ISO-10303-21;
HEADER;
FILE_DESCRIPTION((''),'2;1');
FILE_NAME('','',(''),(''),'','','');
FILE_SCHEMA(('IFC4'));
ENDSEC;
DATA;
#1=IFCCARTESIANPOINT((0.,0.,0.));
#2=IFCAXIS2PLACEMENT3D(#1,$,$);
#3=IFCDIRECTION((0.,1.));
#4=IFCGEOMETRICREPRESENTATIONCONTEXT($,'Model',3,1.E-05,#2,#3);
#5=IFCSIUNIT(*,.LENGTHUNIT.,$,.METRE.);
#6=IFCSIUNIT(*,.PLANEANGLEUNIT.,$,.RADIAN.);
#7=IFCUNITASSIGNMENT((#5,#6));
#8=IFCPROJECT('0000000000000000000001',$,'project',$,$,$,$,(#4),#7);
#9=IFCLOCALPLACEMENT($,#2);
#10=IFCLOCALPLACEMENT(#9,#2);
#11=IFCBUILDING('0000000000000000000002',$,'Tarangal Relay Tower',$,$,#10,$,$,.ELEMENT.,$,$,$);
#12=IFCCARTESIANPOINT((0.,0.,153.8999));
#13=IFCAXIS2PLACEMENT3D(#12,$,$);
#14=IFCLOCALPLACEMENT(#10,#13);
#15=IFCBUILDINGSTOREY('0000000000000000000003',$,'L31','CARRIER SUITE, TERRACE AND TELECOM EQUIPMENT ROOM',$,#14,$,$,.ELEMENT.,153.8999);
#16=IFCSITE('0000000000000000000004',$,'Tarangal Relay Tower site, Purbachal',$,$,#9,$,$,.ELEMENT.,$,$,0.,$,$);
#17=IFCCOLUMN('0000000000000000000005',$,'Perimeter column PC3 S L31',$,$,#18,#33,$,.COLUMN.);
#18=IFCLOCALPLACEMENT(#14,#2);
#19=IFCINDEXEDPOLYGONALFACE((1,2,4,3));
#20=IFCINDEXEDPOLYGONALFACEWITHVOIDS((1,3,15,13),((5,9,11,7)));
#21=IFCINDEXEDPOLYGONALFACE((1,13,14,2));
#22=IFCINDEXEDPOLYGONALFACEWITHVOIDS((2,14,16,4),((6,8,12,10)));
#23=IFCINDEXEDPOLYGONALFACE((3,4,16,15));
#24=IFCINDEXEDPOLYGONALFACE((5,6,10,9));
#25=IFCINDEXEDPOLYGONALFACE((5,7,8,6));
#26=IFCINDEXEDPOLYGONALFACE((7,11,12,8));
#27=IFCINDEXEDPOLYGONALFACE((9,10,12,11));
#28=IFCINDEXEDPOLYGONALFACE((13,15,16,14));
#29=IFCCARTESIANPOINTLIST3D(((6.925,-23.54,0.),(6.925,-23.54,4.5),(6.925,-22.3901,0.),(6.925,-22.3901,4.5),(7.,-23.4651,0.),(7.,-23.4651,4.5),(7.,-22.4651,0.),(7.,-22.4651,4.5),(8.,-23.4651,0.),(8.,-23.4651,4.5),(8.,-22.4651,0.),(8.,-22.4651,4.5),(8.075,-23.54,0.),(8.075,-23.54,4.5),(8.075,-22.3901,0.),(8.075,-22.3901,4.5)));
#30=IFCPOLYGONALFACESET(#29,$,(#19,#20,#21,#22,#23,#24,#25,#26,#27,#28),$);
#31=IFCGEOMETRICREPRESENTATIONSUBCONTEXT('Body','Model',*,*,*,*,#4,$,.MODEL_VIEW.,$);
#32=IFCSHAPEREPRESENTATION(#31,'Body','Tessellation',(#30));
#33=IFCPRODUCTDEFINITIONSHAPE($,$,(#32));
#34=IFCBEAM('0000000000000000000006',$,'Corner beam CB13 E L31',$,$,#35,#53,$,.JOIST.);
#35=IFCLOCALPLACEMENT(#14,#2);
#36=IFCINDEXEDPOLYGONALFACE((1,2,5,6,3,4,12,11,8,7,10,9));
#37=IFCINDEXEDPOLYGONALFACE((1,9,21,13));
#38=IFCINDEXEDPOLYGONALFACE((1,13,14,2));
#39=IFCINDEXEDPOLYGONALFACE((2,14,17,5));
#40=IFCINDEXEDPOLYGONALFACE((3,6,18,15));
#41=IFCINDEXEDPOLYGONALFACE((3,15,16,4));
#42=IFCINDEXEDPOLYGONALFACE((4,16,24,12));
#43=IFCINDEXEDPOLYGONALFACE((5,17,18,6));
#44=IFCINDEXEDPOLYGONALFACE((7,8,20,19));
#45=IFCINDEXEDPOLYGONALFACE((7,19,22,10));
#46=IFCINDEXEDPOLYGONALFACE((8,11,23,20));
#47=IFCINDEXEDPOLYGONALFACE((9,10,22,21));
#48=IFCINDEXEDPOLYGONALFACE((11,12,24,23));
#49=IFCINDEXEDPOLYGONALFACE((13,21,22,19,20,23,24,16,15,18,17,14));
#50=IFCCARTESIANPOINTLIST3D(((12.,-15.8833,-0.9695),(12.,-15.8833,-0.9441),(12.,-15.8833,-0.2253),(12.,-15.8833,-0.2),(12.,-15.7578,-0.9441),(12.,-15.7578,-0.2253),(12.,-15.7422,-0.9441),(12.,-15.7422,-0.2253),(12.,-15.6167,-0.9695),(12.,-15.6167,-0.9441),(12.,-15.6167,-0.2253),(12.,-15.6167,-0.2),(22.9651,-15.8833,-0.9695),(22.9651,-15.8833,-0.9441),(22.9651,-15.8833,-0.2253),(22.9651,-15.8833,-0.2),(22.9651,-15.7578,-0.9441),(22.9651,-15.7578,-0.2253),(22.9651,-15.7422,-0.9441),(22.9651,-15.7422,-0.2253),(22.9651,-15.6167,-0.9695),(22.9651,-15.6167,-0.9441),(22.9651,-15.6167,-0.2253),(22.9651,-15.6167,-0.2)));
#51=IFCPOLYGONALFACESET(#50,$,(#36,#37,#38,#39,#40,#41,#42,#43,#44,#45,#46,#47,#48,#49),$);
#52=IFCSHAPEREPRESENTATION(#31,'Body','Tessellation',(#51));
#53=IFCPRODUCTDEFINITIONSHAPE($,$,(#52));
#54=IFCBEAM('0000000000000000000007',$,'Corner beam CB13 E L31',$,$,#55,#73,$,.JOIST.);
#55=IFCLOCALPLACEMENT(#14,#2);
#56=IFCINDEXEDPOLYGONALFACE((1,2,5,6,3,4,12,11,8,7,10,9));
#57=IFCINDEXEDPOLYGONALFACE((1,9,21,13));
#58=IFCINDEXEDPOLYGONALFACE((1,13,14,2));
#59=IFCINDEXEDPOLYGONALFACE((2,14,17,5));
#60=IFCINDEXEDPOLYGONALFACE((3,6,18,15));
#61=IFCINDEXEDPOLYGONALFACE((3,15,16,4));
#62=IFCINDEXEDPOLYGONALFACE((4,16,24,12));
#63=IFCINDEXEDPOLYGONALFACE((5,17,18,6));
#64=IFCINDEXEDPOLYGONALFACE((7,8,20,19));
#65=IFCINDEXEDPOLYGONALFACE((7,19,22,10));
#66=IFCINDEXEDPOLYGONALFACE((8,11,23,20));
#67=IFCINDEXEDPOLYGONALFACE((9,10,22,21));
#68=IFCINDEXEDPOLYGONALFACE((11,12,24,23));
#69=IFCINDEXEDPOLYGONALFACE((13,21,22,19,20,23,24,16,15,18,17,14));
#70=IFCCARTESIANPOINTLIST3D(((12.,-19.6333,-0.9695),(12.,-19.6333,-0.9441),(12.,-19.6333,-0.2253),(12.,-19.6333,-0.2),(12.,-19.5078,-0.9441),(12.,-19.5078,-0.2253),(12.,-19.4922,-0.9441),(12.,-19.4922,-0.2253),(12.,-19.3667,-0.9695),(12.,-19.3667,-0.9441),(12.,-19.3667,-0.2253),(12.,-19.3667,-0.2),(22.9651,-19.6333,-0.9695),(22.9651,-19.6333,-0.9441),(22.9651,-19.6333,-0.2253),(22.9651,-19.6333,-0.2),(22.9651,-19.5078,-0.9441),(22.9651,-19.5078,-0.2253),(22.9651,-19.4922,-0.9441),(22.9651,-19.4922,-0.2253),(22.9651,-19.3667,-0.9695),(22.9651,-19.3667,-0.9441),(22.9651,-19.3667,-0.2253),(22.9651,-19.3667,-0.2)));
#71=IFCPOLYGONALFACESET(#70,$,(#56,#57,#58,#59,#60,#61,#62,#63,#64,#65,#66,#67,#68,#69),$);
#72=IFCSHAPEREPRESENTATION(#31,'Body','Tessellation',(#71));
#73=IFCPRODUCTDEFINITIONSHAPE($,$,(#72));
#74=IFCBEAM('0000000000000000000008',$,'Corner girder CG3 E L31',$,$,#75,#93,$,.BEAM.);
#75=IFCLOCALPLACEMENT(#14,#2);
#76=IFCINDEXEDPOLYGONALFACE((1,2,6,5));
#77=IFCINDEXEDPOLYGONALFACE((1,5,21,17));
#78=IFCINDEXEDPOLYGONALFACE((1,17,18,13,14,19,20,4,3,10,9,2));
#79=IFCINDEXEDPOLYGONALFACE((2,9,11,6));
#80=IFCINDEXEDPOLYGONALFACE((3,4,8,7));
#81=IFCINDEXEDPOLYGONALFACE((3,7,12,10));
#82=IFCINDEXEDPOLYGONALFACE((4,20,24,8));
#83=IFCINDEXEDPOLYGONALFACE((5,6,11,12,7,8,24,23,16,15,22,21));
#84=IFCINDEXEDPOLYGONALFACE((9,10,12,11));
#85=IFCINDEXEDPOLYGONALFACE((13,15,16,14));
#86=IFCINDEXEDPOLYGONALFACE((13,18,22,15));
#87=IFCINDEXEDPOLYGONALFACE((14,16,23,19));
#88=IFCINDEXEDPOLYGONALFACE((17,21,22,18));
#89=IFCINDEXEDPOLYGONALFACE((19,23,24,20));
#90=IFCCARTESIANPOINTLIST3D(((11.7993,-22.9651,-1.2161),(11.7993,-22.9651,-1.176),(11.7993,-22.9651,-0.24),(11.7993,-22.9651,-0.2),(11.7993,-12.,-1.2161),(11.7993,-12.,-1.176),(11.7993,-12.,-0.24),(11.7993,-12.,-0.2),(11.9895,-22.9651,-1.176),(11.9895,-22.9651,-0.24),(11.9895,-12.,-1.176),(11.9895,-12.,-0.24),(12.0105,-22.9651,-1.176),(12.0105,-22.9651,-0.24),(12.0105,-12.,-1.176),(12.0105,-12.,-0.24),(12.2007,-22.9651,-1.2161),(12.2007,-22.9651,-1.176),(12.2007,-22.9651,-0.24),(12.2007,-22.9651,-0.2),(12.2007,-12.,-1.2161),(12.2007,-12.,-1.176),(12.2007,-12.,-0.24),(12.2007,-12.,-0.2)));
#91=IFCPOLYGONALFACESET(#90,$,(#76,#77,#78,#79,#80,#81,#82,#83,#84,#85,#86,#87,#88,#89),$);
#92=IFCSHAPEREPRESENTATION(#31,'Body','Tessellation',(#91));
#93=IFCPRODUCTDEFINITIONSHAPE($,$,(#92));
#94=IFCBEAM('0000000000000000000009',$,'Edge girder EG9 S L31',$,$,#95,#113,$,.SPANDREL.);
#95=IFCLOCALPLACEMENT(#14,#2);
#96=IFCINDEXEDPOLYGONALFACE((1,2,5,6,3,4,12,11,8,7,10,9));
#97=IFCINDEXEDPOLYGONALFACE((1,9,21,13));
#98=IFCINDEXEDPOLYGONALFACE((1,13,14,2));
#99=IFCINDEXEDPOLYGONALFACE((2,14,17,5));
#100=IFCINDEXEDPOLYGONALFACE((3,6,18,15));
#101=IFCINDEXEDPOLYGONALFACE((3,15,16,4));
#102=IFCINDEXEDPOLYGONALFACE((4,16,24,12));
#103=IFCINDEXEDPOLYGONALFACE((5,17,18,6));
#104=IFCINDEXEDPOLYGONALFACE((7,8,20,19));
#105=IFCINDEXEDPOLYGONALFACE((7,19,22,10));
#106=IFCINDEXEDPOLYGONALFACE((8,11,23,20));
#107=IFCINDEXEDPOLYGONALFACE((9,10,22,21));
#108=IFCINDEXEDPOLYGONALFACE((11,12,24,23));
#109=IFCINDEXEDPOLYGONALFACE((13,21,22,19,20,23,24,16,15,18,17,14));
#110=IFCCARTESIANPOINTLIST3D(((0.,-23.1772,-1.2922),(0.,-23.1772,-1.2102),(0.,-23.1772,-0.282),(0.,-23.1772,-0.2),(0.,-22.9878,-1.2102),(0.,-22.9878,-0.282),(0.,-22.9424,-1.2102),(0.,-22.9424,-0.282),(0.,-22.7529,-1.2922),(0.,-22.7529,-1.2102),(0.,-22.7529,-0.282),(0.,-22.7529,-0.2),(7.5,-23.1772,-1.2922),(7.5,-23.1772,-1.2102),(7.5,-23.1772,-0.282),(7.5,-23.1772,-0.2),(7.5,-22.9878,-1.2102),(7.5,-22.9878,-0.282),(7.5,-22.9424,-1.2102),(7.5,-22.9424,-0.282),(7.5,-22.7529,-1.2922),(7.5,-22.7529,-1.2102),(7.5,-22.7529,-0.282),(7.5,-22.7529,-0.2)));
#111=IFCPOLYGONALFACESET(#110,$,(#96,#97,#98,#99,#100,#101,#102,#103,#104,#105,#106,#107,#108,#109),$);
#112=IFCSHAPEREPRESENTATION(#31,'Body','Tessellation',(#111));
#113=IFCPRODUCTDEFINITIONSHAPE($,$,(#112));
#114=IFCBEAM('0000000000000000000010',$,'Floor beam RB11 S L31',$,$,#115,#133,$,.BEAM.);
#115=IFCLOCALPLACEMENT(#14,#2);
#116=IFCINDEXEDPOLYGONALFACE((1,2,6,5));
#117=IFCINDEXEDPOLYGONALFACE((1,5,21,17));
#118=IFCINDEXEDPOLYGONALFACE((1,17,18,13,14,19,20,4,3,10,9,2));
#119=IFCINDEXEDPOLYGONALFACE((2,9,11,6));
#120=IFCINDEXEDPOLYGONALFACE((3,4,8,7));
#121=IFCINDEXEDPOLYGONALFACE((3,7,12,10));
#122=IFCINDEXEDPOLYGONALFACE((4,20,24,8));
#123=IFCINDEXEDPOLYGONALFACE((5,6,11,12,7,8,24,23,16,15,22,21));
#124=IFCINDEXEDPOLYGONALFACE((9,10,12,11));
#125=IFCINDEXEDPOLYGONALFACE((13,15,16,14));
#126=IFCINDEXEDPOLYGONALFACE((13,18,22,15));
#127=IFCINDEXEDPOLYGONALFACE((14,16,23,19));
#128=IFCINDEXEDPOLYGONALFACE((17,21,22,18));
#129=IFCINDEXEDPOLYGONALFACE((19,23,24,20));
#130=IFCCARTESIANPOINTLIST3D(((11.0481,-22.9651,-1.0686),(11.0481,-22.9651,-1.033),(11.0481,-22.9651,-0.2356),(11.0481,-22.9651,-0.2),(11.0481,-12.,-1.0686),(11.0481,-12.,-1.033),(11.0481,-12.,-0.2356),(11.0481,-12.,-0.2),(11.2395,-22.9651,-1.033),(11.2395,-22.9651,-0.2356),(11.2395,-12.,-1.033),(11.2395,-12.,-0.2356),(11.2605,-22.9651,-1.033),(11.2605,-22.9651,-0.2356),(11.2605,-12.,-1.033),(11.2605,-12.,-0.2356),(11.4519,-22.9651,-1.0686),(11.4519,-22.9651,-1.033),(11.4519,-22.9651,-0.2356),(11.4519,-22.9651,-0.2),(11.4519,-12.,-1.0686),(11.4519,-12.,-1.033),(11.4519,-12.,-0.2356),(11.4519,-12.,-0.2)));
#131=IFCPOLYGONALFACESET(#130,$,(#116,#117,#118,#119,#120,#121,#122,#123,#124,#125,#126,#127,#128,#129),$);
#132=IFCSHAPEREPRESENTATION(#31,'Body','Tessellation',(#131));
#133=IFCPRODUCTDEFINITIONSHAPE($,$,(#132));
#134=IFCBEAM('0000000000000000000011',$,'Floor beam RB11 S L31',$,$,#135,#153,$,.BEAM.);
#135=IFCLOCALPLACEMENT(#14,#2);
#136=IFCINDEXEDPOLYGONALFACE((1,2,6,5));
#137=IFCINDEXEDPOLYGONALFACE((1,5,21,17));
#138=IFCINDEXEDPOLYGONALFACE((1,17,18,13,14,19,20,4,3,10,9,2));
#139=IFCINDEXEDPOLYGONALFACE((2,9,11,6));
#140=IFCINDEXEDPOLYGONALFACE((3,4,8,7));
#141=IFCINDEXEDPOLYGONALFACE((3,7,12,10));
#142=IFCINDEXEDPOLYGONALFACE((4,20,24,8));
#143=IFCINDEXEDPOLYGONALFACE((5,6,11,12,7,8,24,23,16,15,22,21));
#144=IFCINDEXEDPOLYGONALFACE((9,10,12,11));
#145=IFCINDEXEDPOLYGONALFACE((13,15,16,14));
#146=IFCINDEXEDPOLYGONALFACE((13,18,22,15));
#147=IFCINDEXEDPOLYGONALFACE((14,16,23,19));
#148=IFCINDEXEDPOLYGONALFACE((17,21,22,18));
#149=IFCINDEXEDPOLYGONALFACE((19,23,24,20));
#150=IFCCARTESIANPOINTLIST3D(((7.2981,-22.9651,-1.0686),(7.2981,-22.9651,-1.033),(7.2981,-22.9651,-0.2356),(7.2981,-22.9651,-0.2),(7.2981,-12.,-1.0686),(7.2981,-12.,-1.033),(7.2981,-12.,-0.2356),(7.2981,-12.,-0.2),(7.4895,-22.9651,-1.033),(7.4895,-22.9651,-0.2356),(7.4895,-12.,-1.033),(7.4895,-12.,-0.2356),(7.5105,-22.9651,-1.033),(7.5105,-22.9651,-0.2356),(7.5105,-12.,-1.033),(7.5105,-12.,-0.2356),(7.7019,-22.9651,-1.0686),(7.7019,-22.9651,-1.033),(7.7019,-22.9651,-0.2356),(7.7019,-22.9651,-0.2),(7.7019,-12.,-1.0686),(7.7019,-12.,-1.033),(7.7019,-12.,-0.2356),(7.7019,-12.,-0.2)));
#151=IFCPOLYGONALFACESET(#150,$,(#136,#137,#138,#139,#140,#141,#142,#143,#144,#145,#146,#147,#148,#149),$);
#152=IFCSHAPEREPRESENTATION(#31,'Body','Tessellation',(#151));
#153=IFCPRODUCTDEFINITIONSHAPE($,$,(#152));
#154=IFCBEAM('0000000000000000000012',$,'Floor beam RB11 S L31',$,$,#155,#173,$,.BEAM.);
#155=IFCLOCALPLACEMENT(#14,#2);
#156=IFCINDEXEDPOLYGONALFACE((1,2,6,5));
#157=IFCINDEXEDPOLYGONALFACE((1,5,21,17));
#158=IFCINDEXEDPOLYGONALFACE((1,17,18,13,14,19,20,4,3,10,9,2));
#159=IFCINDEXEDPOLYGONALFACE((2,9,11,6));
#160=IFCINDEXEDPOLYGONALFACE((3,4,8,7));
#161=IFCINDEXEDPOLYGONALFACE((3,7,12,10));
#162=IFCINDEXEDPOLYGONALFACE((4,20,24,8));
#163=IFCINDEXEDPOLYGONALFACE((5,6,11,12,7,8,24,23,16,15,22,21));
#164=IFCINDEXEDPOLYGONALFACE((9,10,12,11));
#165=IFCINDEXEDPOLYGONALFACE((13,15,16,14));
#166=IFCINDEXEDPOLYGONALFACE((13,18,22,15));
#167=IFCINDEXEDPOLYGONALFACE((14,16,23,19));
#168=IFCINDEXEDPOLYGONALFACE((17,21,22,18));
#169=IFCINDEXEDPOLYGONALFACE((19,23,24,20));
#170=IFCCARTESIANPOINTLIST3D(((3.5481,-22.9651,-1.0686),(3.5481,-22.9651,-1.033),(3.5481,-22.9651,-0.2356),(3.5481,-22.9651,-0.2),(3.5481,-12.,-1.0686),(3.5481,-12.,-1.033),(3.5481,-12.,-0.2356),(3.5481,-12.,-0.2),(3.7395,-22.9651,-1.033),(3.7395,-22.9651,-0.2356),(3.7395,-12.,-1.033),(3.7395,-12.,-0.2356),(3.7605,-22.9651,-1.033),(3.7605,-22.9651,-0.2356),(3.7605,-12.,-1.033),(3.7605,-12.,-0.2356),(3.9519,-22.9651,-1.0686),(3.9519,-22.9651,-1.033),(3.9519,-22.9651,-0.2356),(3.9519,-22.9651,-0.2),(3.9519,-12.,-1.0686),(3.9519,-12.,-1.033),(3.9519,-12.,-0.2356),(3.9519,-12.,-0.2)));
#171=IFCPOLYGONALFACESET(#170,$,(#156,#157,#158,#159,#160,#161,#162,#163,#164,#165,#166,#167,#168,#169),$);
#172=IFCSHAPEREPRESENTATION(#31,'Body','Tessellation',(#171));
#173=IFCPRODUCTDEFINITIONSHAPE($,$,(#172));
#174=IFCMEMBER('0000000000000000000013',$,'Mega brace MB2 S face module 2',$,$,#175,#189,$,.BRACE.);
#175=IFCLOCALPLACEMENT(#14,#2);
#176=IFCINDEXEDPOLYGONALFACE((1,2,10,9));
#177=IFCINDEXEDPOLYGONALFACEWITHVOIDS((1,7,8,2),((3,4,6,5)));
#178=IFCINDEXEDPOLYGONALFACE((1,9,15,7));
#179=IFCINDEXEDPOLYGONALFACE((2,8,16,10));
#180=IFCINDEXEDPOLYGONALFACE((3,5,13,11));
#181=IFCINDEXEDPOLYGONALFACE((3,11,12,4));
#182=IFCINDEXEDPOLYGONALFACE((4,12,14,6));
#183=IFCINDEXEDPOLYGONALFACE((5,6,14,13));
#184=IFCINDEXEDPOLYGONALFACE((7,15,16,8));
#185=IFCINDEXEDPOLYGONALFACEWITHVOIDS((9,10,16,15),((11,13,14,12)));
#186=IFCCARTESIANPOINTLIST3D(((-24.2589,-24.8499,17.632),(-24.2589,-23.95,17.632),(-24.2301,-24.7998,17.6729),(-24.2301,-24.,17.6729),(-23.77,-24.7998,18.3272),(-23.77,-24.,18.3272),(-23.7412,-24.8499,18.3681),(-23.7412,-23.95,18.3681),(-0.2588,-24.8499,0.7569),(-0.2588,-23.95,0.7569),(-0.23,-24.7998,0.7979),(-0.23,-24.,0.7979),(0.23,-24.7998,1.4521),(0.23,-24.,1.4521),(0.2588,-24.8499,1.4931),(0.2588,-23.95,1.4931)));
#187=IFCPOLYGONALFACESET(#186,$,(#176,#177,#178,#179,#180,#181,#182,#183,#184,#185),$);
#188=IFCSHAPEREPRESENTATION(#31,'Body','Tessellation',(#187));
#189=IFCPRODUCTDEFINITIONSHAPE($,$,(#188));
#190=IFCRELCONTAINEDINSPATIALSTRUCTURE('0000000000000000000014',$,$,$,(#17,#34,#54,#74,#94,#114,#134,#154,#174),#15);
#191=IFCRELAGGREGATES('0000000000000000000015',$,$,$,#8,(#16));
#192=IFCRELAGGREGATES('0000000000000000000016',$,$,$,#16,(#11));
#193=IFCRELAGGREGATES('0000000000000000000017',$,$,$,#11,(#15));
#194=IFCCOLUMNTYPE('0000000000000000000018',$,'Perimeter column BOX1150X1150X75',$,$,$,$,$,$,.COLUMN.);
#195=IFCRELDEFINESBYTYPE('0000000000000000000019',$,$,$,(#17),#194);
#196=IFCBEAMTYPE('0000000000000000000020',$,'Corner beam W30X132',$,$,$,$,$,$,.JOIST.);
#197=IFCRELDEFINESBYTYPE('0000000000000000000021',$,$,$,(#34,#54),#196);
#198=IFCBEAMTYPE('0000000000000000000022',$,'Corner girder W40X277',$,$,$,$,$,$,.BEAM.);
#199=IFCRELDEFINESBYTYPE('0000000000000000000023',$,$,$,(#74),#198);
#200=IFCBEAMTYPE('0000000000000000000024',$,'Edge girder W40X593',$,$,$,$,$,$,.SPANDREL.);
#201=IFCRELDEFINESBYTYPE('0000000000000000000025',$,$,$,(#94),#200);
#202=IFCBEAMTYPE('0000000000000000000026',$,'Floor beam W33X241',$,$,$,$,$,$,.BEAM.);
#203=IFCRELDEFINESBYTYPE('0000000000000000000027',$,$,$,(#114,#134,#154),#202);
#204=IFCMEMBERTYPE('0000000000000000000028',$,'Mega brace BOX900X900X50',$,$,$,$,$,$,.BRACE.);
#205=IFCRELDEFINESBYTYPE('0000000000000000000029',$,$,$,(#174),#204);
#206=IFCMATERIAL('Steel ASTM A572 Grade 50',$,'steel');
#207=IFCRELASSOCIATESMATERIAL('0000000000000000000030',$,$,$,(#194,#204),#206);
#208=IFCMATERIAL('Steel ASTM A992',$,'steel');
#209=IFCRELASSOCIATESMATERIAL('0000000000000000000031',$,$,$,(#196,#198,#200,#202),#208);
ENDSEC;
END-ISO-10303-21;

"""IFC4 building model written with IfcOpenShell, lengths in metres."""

from ifc_helpers import new_model, si_unit, direction, frame, origin, origin_2d, place, context, subcontext, project, spatial, hollow_rectangle, i_section, extrude, material, material_profile, profile_set, type_object, element, save


model = new_model("IFC4")

# Units and contexts
model_context = context("Model", 3, precision=1e-05, world=origin(), true_north=direction((0.0, 1.0)))
body_context = subcontext(model_context, "Body", "Model", "MODEL_VIEW")
ifc_project = project(units=[si_unit("LENGTHUNIT", "METRE"), si_unit("PLANEANGLEUNIT", "RADIAN")], contexts=[model_context])

# Site, building, storey
site_placement = place(None, origin())
site = spatial("IfcSite", under=ifc_project, at=site_placement, Name="Tarangal Relay Tower site, Purbachal", CompositionType="ELEMENT", RefElevation=0.0)
building_placement = place(site_placement, origin())
building = spatial("IfcBuilding", under=site, at=building_placement, Name="Tarangal Relay Tower", CompositionType="ELEMENT")
storey_placement = place(building_placement, frame((0.0, 0.0, 153.8999)))
storey = spatial("IfcBuildingStorey", under=building, at=storey_placement, Name="L31", Description="CARRIER SUITE, TERRACE AND TELECOM EQUIPMENT ROOM", CompositionType="ELEMENT", Elevation=153.8999)

# Column
ifc_material_1 = material(Name="Steel ASTM A572 Grade 50", Category="steel")
ifc_material_profile_1 = material_profile(ifc_material_1, hollow_rectangle(XDim=1.1499, YDim=1.1499, WallThickness=0.075, at=origin_2d()), Name="BOX1150X1150X75")
ifc_profile_set_1 = profile_set([ifc_material_profile_1], Name="Steel ASTM A572 Grade 50")
column_type = type_object("IfcColumnType", Name="Perimeter column BOX1150X1150X75", PredefinedType="COLUMN", material=ifc_profile_set_1)
column_placement = place(storey_placement, frame((7.5, -22.9651, 0.0), z_axis=(0.0, 0.0, 1.0), x_axis=(1.0, 0.0, 0.0)))
element("IfcColumn", 1, at=column_placement, inside=storey, type_object=column_type, Name="Perimeter column PC3 S L31", PredefinedType="COLUMN", context=body_context, shape_type="SweptSolid", body=[
    extrude(hollow_rectangle(XDim=1.1499, YDim=1.1499, WallThickness=0.075, at=origin_2d()), origin(), (0.0, 0.0, 1.0), 4.5),
])

# Beams
ifc_material_2 = material(Name="Steel ASTM A992", Category="steel")
ifc_material_profile_2 = material_profile(ifc_material_2, i_section(OverallWidth=0.2666, OverallDepth=0.7695, WebThickness=0.0156, FlangeThickness=0.0254, at=origin_2d()), Name="W30X132")
ifc_profile_set_2 = profile_set([ifc_material_profile_2], Name="Steel ASTM A992")
beam_type_1 = type_object("IfcBeamType", Name="Corner beam W30X132", PredefinedType="JOIST", material=ifc_profile_set_2)
for number, where, z_axis, x_axis, name in (
    (2, (12.0, -15.75, -0.5847), (1.0, 0.0, 0.0), (0.0, 1.0, 0.0), "Corner beam CB13 E L31"),
    (3, (12.0, -19.5, -0.5847), (1.0, 0.0, 0.0), (0.0, 1.0, 0.0), "Corner beam CB13 E L31"),
):
    element("IfcBeam", number, at=place(storey_placement, frame(where, z_axis=z_axis, x_axis=x_axis)), inside=storey, type_object=beam_type_1, Name=name, PredefinedType="JOIST", context=body_context, shape_type="SweptSolid", body=[
        extrude(i_section(OverallWidth=0.2666, OverallDepth=0.7695, WebThickness=0.0156, FlangeThickness=0.0254, at=origin_2d()), origin(), (0.0, 0.0, 1.0), 10.9651),
    ])
ifc_material_profile_3 = material_profile(ifc_material_2, i_section(OverallWidth=0.4014, OverallDepth=1.0161, WebThickness=0.021, FlangeThickness=0.04, at=origin_2d()), Name="W40X277")
ifc_profile_set_3 = profile_set([ifc_material_profile_3], Name="Steel ASTM A992")
beam_type_2 = type_object("IfcBeamType", Name="Corner girder W40X277", PredefinedType="BEAM", material=ifc_profile_set_3)
beam_1_placement = place(storey_placement, frame((12.0, -12.0, -0.708), z_axis=(0.0, -1.0, 0.0), x_axis=(1.0, 0.0, 0.0)))
element("IfcBeam", 4, at=beam_1_placement, inside=storey, type_object=beam_type_2, Name="Corner girder CG3 E L31", PredefinedType="BEAM", context=body_context, shape_type="SweptSolid", body=[
    extrude(i_section(OverallWidth=0.4014, OverallDepth=1.0161, WebThickness=0.021, FlangeThickness=0.04, at=origin_2d()), origin(), (0.0, 0.0, 1.0), 10.9651),
])
ifc_material_profile_4 = material_profile(ifc_material_2, i_section(OverallWidth=0.4243, OverallDepth=1.0923, WebThickness=0.0454, FlangeThickness=0.082, at=origin_2d()), Name="W40X593")
ifc_profile_set_4 = profile_set([ifc_material_profile_4], Name="Steel ASTM A992")
beam_type_3 = type_object("IfcBeamType", Name="Edge girder W40X593", PredefinedType="SPANDREL", material=ifc_profile_set_4)
beam_2_placement = place(storey_placement, frame((7.5, -22.9651, -0.7461), z_axis=(-1.0, 0.0, 0.0), x_axis=(0.0, -1.0, 0.0)))
element("IfcBeam", 5, at=beam_2_placement, inside=storey, type_object=beam_type_3, Name="Edge girder EG9 S L31", PredefinedType="SPANDREL", context=body_context, shape_type="SweptSolid", body=[
    extrude(i_section(OverallWidth=0.4243, OverallDepth=1.0923, WebThickness=0.0454, FlangeThickness=0.082, at=origin_2d()), origin(), (0.0, 0.0, 1.0), 7.5),
])
ifc_material_profile_5 = material_profile(ifc_material_2, i_section(OverallWidth=0.4038, OverallDepth=0.8687, WebThickness=0.021, FlangeThickness=0.0356, at=origin_2d()), Name="W33X241")
ifc_profile_set_5 = profile_set([ifc_material_profile_5], Name="Steel ASTM A992")
beam_type_4 = type_object("IfcBeamType", Name="Floor beam W33X241", PredefinedType="BEAM", material=ifc_profile_set_5)
for number, where, z_axis, x_axis, name in (
    (6, (11.25, -12.0, -0.6343), (0.0, -1.0, 0.0), (1.0, 0.0, 0.0), "Floor beam RB11 S L31"),
    (7, (7.5, -12.0, -0.6343), (0.0, -1.0, 0.0), (1.0, 0.0, 0.0), "Floor beam RB11 S L31"),
    (8, (3.75, -12.0, -0.6343), (0.0, -1.0, 0.0), (1.0, 0.0, 0.0), "Floor beam RB11 S L31"),
):
    element("IfcBeam", number, at=place(storey_placement, frame(where, z_axis=z_axis, x_axis=x_axis)), inside=storey, type_object=beam_type_4, Name=name, PredefinedType="BEAM", context=body_context, shape_type="SweptSolid", body=[
        extrude(i_section(OverallWidth=0.4038, OverallDepth=0.8687, WebThickness=0.021, FlangeThickness=0.0356, at=origin_2d()), origin(), (0.0, 0.0, 1.0), 10.9651),
    ])

# Member
ifc_material_profile_6 = material_profile(ifc_material_1, hollow_rectangle(XDim=0.8999, YDim=0.8999, WallThickness=0.05, at=origin_2d()), Name="BOX900X900X50")
ifc_profile_set_6 = profile_set([ifc_material_profile_6], Name="Steel ASTM A572 Grade 50")
member_type = type_object("IfcMemberType", Name="Mega brace BOX900X900X50", PredefinedType="BRACE", material=ifc_profile_set_6)
for number, where, z_axis, x_axis, name in (
    (9, (0.0, -24.3999, 1.125), (-0.818029, 0.0, 0.575177), (0.0, -1.0, 0.0), "Mega brace MB2 S face module 2"),
):
    element("IfcMember", number, at=place(storey_placement, frame(where, z_axis=z_axis, x_axis=x_axis)), inside=storey, type_object=member_type, Name=name, PredefinedType="BRACE", context=body_context, shape_type="SweptSolid", body=[
        extrude(hollow_rectangle(XDim=0.8999, YDim=0.8999, WallThickness=0.05, at=origin_2d()), origin(), (0.0, 0.0, 1.0), 29.3389),
    ])

save(model, "model.ifc")
